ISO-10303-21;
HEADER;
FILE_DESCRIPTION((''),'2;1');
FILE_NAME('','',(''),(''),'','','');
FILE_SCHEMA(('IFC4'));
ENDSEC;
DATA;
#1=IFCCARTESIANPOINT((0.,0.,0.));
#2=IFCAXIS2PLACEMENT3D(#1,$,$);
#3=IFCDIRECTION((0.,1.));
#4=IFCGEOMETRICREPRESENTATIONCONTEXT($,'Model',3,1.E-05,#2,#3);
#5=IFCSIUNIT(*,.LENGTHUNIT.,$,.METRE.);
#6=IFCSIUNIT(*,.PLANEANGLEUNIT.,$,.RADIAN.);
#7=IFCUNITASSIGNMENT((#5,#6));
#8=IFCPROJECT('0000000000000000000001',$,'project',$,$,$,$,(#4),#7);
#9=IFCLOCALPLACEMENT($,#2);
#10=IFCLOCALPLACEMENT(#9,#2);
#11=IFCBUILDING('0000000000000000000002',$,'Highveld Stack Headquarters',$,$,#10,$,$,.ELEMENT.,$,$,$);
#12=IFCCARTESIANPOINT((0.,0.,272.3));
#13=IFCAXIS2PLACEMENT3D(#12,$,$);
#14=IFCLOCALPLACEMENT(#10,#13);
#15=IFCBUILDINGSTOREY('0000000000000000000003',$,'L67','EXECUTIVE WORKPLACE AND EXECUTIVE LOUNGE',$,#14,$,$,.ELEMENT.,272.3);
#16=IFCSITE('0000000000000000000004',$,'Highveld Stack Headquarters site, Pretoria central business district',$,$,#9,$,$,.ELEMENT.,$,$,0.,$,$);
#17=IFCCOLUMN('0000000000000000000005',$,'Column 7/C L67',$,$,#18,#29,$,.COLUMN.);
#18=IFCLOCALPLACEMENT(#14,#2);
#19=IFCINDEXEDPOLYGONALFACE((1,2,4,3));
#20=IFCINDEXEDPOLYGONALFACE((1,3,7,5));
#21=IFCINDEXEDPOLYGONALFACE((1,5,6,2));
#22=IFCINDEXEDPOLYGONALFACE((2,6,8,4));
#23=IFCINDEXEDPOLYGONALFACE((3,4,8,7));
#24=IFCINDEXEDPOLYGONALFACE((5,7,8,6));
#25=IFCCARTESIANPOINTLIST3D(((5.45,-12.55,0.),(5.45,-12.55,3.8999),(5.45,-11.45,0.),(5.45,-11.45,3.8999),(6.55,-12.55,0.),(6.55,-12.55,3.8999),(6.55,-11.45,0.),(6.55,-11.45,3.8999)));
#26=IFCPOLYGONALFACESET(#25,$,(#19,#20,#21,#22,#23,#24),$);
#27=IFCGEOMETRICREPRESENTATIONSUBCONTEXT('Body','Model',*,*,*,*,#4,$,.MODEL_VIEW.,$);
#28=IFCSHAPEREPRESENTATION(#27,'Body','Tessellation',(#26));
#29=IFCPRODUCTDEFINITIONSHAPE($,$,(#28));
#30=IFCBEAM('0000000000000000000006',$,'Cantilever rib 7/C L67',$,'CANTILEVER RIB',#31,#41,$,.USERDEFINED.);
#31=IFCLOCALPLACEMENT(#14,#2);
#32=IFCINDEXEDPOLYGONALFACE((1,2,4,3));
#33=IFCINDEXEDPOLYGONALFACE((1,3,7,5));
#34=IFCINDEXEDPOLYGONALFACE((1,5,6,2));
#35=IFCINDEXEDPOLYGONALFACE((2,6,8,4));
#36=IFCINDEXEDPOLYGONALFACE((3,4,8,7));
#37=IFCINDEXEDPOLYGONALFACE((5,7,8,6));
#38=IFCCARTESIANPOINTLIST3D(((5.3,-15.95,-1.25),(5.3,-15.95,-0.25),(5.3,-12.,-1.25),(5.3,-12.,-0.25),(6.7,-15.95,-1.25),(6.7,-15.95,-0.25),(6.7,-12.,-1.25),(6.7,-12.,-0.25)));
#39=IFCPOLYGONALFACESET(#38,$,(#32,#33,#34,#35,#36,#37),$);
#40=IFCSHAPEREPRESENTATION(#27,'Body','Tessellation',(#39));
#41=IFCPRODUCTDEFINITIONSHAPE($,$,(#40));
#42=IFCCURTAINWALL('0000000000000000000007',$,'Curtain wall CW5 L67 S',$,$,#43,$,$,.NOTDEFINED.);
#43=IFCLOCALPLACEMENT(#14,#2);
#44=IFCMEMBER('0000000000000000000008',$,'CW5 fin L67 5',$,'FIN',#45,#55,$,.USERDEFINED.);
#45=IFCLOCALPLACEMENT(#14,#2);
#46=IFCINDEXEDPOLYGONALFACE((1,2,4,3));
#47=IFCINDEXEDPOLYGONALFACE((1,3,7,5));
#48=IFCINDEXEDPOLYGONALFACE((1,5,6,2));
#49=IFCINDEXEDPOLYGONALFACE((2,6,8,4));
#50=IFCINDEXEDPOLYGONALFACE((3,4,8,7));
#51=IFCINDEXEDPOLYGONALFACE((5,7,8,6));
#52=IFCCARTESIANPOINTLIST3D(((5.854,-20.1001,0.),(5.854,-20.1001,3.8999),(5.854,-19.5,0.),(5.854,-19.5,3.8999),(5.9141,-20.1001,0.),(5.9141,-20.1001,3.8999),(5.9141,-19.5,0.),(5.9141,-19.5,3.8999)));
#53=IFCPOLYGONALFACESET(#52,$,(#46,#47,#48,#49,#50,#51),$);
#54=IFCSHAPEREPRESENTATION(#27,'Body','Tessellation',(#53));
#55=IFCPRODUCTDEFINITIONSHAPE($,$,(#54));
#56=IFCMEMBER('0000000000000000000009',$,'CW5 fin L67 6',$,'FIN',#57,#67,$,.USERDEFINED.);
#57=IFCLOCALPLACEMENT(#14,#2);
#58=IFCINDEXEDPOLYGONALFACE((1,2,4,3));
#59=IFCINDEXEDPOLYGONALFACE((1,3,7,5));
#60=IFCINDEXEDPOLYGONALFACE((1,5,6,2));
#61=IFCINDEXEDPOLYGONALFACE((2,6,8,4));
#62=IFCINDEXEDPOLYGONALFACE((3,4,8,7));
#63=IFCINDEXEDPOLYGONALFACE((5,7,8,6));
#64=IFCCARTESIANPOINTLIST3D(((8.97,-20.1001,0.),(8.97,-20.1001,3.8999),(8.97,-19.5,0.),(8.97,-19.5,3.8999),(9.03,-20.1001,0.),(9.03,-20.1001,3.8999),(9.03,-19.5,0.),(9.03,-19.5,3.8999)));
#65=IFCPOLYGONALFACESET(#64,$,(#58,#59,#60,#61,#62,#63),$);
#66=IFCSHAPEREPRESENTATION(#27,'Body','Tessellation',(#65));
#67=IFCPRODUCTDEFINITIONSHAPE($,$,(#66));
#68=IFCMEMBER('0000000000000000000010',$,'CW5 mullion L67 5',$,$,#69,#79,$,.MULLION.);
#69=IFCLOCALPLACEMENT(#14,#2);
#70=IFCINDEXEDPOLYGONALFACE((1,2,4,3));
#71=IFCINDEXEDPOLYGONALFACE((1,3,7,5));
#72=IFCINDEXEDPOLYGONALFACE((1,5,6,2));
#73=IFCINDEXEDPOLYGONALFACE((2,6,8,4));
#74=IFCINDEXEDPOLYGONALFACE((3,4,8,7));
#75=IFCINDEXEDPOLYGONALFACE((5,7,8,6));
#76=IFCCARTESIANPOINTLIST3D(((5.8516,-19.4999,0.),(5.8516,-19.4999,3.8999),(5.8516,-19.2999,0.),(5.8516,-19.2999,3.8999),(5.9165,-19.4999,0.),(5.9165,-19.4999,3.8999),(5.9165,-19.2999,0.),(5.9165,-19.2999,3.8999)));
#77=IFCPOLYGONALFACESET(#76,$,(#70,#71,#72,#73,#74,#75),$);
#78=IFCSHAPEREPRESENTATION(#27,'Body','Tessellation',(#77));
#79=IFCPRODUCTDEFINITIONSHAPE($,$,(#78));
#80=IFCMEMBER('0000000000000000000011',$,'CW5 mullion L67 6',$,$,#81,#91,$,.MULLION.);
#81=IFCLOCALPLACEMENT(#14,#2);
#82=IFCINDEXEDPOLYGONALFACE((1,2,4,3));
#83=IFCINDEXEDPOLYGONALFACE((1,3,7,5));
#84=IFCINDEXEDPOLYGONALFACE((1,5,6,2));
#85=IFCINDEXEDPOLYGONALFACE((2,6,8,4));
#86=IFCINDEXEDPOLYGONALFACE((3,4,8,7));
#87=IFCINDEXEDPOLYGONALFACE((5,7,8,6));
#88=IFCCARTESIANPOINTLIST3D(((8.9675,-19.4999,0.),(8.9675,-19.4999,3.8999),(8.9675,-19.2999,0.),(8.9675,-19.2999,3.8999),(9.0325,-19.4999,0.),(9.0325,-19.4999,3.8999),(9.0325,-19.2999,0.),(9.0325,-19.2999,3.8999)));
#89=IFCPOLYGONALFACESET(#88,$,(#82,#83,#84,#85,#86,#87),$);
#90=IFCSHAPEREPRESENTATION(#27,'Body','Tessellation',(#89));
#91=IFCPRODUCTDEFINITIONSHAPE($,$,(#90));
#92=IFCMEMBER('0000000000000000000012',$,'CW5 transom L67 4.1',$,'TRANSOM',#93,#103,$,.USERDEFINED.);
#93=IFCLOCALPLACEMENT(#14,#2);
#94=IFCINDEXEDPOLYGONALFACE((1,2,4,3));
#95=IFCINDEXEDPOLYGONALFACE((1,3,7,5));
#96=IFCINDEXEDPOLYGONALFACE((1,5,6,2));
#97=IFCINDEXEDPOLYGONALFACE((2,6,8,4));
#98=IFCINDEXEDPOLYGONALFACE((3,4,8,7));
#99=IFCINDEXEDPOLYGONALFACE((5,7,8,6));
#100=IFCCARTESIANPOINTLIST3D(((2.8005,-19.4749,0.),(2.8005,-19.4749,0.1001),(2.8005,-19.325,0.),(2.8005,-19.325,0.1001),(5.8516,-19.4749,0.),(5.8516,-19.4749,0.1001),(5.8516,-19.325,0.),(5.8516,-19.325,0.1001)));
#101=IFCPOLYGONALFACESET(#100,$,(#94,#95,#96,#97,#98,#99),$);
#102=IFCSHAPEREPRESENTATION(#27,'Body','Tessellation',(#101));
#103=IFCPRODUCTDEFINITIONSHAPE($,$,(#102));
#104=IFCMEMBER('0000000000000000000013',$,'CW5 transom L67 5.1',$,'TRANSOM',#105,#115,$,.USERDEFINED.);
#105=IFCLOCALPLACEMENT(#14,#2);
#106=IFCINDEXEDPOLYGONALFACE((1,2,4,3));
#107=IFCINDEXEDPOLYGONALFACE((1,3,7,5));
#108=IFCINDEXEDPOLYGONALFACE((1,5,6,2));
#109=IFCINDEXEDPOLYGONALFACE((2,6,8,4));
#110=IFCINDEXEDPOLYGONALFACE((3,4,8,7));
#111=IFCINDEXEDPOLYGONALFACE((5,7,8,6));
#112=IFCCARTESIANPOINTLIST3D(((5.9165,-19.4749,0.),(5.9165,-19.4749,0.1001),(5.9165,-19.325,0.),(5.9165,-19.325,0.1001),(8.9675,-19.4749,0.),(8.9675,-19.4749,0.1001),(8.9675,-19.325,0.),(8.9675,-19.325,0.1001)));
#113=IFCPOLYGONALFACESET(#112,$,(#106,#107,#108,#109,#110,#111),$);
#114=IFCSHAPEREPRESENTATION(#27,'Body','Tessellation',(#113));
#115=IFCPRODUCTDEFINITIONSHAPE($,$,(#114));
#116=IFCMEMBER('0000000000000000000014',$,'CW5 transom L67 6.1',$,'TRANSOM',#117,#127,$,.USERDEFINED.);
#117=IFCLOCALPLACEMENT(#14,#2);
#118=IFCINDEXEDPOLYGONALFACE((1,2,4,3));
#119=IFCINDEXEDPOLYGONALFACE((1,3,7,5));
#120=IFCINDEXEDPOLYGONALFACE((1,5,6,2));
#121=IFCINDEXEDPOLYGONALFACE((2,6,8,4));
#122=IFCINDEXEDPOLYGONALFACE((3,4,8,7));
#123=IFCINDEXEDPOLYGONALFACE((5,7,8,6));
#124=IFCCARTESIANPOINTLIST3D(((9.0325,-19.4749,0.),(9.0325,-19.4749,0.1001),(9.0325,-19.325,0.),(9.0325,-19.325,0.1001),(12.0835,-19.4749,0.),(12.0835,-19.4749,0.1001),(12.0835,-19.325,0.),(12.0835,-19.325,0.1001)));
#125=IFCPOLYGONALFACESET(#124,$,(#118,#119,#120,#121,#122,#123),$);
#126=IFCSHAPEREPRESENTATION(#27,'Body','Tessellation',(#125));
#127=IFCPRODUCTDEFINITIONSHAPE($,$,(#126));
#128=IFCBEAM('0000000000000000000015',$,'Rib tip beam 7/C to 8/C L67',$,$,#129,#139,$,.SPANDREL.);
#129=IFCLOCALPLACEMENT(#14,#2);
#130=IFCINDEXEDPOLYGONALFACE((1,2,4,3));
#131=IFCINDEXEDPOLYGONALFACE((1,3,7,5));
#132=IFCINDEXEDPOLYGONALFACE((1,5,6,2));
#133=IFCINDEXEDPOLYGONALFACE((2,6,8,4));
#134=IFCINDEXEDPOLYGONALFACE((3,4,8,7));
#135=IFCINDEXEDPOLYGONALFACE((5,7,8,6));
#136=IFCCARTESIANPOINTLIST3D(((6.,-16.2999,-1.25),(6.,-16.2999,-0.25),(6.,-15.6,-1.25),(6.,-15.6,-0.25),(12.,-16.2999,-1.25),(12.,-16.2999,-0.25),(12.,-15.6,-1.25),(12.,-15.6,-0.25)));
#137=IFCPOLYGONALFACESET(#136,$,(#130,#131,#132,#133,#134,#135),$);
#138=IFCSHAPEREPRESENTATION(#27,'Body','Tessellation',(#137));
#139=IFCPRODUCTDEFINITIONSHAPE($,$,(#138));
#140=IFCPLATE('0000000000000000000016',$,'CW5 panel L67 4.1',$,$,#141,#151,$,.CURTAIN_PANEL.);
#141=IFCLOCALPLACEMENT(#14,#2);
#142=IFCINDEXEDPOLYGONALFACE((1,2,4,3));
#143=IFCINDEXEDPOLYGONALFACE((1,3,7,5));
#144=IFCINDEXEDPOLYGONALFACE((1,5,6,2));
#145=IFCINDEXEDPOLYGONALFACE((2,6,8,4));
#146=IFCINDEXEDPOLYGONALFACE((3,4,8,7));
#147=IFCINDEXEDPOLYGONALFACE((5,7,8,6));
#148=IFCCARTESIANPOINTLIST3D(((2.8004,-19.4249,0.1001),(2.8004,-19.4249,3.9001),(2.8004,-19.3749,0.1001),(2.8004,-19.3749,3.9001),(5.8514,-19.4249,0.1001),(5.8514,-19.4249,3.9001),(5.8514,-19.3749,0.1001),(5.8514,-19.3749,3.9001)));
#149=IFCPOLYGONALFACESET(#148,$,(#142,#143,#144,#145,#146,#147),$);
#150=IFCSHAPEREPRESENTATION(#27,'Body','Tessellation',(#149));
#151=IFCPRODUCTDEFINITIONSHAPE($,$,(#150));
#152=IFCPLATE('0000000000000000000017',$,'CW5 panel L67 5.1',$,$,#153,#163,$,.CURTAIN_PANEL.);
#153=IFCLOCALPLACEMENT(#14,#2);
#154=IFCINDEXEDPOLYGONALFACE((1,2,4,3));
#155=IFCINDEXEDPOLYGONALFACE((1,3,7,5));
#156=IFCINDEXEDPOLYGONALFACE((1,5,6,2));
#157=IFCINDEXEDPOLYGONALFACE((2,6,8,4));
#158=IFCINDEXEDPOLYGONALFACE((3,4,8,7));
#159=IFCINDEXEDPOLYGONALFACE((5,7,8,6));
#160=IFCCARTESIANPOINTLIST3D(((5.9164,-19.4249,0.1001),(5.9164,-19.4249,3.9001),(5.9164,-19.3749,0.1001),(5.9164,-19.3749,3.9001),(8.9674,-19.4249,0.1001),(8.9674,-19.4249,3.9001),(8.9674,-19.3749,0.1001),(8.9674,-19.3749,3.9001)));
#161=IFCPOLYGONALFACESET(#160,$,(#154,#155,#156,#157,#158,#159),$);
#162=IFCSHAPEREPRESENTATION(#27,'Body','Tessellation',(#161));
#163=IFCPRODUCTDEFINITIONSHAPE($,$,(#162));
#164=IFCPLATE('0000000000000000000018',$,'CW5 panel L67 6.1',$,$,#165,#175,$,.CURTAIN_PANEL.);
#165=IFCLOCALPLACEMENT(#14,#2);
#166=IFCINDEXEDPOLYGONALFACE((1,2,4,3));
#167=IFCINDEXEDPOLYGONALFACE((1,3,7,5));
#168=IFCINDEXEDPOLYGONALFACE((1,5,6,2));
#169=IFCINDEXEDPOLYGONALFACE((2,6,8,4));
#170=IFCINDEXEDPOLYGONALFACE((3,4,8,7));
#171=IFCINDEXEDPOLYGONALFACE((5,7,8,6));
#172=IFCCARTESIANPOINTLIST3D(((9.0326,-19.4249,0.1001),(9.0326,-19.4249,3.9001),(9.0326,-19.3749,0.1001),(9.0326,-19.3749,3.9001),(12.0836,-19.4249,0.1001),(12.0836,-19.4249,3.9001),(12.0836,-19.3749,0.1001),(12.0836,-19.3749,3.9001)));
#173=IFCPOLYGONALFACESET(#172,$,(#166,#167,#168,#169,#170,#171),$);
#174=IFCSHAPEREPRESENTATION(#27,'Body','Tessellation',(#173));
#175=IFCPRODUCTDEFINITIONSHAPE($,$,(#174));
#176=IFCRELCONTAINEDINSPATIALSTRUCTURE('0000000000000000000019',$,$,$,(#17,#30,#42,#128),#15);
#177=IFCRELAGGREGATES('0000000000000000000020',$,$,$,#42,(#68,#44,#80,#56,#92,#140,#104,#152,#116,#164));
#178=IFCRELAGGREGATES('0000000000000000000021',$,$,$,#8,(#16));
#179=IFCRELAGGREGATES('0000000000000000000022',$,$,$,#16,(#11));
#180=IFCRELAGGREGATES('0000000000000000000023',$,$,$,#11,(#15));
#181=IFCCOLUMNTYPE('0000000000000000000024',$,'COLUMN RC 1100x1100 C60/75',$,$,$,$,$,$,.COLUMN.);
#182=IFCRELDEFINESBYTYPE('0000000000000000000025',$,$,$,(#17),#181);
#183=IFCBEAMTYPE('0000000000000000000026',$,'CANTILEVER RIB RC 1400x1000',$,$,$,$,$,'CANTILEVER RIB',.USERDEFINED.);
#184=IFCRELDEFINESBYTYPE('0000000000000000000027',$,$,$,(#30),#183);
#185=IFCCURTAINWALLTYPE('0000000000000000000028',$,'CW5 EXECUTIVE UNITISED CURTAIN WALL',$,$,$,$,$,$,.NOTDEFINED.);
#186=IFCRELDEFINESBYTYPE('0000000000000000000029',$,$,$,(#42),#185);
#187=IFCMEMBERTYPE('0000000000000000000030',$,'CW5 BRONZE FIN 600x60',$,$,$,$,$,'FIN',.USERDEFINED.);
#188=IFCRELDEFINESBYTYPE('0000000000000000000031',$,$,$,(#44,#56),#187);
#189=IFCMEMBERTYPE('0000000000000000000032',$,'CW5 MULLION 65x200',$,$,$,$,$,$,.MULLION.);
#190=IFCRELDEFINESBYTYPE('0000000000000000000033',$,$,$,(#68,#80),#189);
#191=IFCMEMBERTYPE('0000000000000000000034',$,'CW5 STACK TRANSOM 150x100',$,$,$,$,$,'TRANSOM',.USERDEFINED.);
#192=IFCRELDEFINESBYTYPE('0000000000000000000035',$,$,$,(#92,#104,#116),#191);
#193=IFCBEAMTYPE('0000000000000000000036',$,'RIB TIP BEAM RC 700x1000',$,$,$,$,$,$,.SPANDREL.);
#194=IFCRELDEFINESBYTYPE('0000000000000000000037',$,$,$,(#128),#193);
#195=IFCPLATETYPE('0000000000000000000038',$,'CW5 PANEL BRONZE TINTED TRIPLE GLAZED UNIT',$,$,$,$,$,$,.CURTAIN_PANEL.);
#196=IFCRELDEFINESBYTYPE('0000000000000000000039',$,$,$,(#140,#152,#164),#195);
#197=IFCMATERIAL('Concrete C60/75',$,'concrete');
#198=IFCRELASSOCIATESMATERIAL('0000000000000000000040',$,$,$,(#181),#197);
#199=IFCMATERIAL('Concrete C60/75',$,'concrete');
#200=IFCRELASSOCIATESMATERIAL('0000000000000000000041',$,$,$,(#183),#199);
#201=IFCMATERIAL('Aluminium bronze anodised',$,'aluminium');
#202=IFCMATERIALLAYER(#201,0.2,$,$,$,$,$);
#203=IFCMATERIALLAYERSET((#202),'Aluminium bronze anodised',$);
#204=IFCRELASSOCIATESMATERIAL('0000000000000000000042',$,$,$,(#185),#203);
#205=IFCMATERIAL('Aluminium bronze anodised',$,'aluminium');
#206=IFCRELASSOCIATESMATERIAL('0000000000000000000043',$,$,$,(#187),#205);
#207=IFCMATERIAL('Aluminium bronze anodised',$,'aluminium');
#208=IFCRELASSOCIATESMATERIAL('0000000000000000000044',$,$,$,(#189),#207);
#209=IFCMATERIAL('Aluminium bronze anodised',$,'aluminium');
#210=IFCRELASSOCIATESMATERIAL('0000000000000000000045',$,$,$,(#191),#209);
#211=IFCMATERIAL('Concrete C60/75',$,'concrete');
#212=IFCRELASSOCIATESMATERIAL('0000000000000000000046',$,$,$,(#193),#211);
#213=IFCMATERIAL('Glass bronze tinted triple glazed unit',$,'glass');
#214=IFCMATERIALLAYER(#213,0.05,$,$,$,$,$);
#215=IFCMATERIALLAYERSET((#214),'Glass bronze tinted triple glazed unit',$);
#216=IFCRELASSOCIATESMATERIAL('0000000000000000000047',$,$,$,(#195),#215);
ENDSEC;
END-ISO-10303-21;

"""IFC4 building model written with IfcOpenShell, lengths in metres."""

from ifc_helpers import new_model, si_unit, direction, frame, origin, origin_2d, place, context, subcontext, project, spatial, rectangle, extrude, material, layer, layer_set, material_profile, profile_set, type_object, element, aggregate, save


model = new_model("IFC4")

# Units and contexts
model_context = context("Model", 3, precision=1e-05, world=origin(), true_north=direction((0.0, 1.0)))
body_context = subcontext(model_context, "Body", "Model", "MODEL_VIEW")
ifc_project = project(units=[si_unit("LENGTHUNIT", "METRE"), si_unit("PLANEANGLEUNIT", "RADIAN")], contexts=[model_context])

# Site, building, storey
site_placement = place(None, origin())
site = spatial("IfcSite", under=ifc_project, at=site_placement, Name="Highveld Stack Headquarters site, Pretoria central business district", CompositionType="ELEMENT", RefElevation=0.0)
building_placement = place(site_placement, origin())
building = spatial("IfcBuilding", under=site, at=building_placement, Name="Highveld Stack Headquarters", CompositionType="ELEMENT")
storey_placement = place(building_placement, frame((0.0, 0.0, 272.3)))
storey = spatial("IfcBuildingStorey", under=building, at=storey_placement, Name="L67", Description="EXECUTIVE WORKPLACE AND EXECUTIVE LOUNGE", CompositionType="ELEMENT", Elevation=272.3)

# Column
ifc_material_1 = material(Name="Concrete C60/75", Category="concrete")
ifc_material_profile_1 = material_profile(ifc_material_1, rectangle(XDim=1.1001, YDim=1.1001, at=origin_2d()), Name="RC 1100x1100")
ifc_profile_set_1 = profile_set([ifc_material_profile_1], Name="Concrete C60/75")
column_type = type_object("IfcColumnType", Name="COLUMN RC 1100x1100 C60/75", PredefinedType="COLUMN", material=ifc_profile_set_1)
column_placement = place(storey_placement, frame((6.0, -12.0, 0.0), z_axis=(0.0, 0.0, 1.0), x_axis=(1.0, 0.0, 0.0)))
element("IfcColumn", 1, at=column_placement, inside=storey, type_object=column_type, Name="Column 7/C L67", PredefinedType="COLUMN", context=body_context, shape_type="SweptSolid", body=[
    extrude(rectangle(XDim=1.1001, YDim=1.1001, at=origin_2d()), origin(), (0.0, 0.0, 1.0), 3.8999),
])

# Beam
ifc_material_2 = material(Name="Concrete C60/75", Category="concrete")
ifc_material_profile_2 = material_profile(ifc_material_2, rectangle(XDim=1.3999, YDim=1.0, at=origin_2d()), Name="RC 1400x1000")
ifc_profile_set_2 = profile_set([ifc_material_profile_2], Name="Concrete C60/75")
beam_type_1 = type_object("IfcBeamType", Name="CANTILEVER RIB RC 1400x1000", ElementType="CANTILEVER RIB", PredefinedType="USERDEFINED", material=ifc_profile_set_2)
beam_1_placement = place(storey_placement, frame((6.0, -12.0, -0.75), z_axis=(0.0, -1.0, 0.0), x_axis=(1.0, 0.0, 0.0)))
element("IfcBeam", 2, at=beam_1_placement, inside=storey, type_object=beam_type_1, Name="Cantilever rib 7/C L67", ObjectType="CANTILEVER RIB", PredefinedType="USERDEFINED", context=body_context, shape_type="SweptSolid", body=[
    extrude(rectangle(XDim=1.3999, YDim=1.0, at=origin_2d()), origin(), (0.0, 0.0, 1.0), 3.95),
])

# Curtain wall, members
ifc_material_3 = material(Name="Aluminium bronze anodised", Category="aluminium")
ifc_layer_1 = layer(ifc_material_3, 0.2)
ifc_layer_set_1 = layer_set([ifc_layer_1], Name="Aluminium bronze anodised")
curtain_wall_type = type_object("IfcCurtainWallType", Name="CW5 EXECUTIVE UNITISED CURTAIN WALL", PredefinedType="NOTDEFINED", material=ifc_layer_set_1)
curtain_wall_placement = place(storey_placement, origin())
curtain_wall = element("IfcCurtainWall", 3, at=curtain_wall_placement, inside=storey, type_object=curtain_wall_type, Name="Curtain wall CW5 L67 S", PredefinedType="NOTDEFINED")
ifc_material_4 = material(Name="Aluminium bronze anodised", Category="aluminium")
ifc_material_profile_3 = material_profile(ifc_material_4, rectangle(XDim=0.6001, YDim=0.0601, at=origin_2d()), Name="FIN 600x60")
ifc_profile_set_3 = profile_set([ifc_material_profile_3], Name="Aluminium bronze anodised")
member_type_1 = type_object("IfcMemberType", Name="CW5 BRONZE FIN 600x60", ElementType="FIN", PredefinedType="USERDEFINED", material=ifc_profile_set_3)
member_1_placement = place(storey_placement, frame((5.884, -19.8, 0.0), z_axis=(0.0, 0.0, 1.0), x_axis=(0.0, 1.0, 0.0)))
member_1 = element("IfcMember", 4, at=member_1_placement, type_object=member_type_1, Name="CW5 fin L67 5", ObjectType="FIN", PredefinedType="USERDEFINED", context=body_context, shape_type="SweptSolid", body=[
    extrude(rectangle(XDim=0.6001, YDim=0.0601, at=origin_2d()), origin(), (0.0, 0.0, 1.0), 3.8999),
])
member_2_placement = place(storey_placement, frame((9.0, -19.8, 0.0), z_axis=(0.0, 0.0, 1.0), x_axis=(0.0, 1.0, 0.0)))
member_2 = element("IfcMember", 5, at=member_2_placement, type_object=member_type_1, Name="CW5 fin L67 6", ObjectType="FIN", PredefinedType="USERDEFINED", context=body_context, shape_type="SweptSolid", body=[
    extrude(rectangle(XDim=0.6001, YDim=0.0601, at=origin_2d()), origin(), (0.0, 0.0, 1.0), 3.8999),
])
ifc_material_5 = material(Name="Aluminium bronze anodised", Category="aluminium")
ifc_material_profile_4 = material_profile(ifc_material_5, rectangle(XDim=0.2, YDim=0.0649, at=origin_2d()), Name="CW5 MULLION 65x200")
ifc_profile_set_4 = profile_set([ifc_material_profile_4], Name="Aluminium bronze anodised")
member_type_2 = type_object("IfcMemberType", Name="CW5 MULLION 65x200", PredefinedType="MULLION", material=ifc_profile_set_4)
member_3_placement = place(storey_placement, frame((5.884, -19.3999, 0.0), z_axis=(0.0, 0.0, 1.0), x_axis=(0.0, 1.0, 0.0)))
member_3 = element("IfcMember", 6, at=member_3_placement, type_object=member_type_2, Name="CW5 mullion L67 5", PredefinedType="MULLION", context=body_context, shape_type="SweptSolid", body=[
    extrude(rectangle(XDim=0.2, YDim=0.0649, at=origin_2d()), origin(), (0.0, 0.0, 1.0), 3.8999),
])
member_4_placement = place(storey_placement, frame((9.0, -19.3999, 0.0), z_axis=(0.0, 0.0, 1.0), x_axis=(0.0, 1.0, 0.0)))
member_4 = element("IfcMember", 7, at=member_4_placement, type_object=member_type_2, Name="CW5 mullion L67 6", PredefinedType="MULLION", context=body_context, shape_type="SweptSolid", body=[
    extrude(rectangle(XDim=0.2, YDim=0.0649, at=origin_2d()), origin(), (0.0, 0.0, 1.0), 3.8999),
])
ifc_material_6 = material(Name="Aluminium bronze anodised", Category="aluminium")
ifc_material_profile_5 = material_profile(ifc_material_6, rectangle(XDim=0.1499, YDim=0.1001, at=origin_2d()), Name="CW5 TRANSOM 150x100")
ifc_profile_set_5 = profile_set([ifc_material_profile_5], Name="Aluminium bronze anodised")
member_type_3 = type_object("IfcMemberType", Name="CW5 STACK TRANSOM 150x100", ElementType="TRANSOM", PredefinedType="USERDEFINED", material=ifc_profile_set_5)
member_5_placement = place(storey_placement, frame((2.8005, -19.3999, 0.05), z_axis=(1.0, 0.0, 0.0), x_axis=(0.0, 1.0, 0.0)))
member_5 = element("IfcMember", 8, at=member_5_placement, type_object=member_type_3, Name="CW5 transom L67 4.1", ObjectType="TRANSOM", PredefinedType="USERDEFINED", context=body_context, shape_type="SweptSolid", body=[
    extrude(rectangle(XDim=0.1499, YDim=0.1001, at=origin_2d()), origin(), (0.0, 0.0, 1.0), 3.051),
])
member_6_placement = place(storey_placement, frame((5.9165, -19.3999, 0.05), z_axis=(1.0, 0.0, 0.0), x_axis=(0.0, 1.0, 0.0)))
member_6 = element("IfcMember", 9, at=member_6_placement, type_object=member_type_3, Name="CW5 transom L67 5.1", ObjectType="TRANSOM", PredefinedType="USERDEFINED", context=body_context, shape_type="SweptSolid", body=[
    extrude(rectangle(XDim=0.1499, YDim=0.1001, at=origin_2d()), origin(), (0.0, 0.0, 1.0), 3.051),
])
member_7_placement = place(storey_placement, frame((9.0325, -19.3999, 0.05), z_axis=(1.0, 0.0, 0.0), x_axis=(0.0, 1.0, 0.0)))
member_7 = element("IfcMember", 10, at=member_7_placement, type_object=member_type_3, Name="CW5 transom L67 6.1", ObjectType="TRANSOM", PredefinedType="USERDEFINED", context=body_context, shape_type="SweptSolid", body=[
    extrude(rectangle(XDim=0.1499, YDim=0.1001, at=origin_2d()), origin(), (0.0, 0.0, 1.0), 3.051),
])

# Beam
ifc_material_7 = material(Name="Concrete C60/75", Category="concrete")
ifc_material_profile_6 = material_profile(ifc_material_7, rectangle(XDim=0.7, YDim=1.0, at=origin_2d()), Name="RC 700x1000")
ifc_profile_set_6 = profile_set([ifc_material_profile_6], Name="Concrete C60/75")
beam_type_2 = type_object("IfcBeamType", Name="RIB TIP BEAM RC 700x1000", PredefinedType="SPANDREL", material=ifc_profile_set_6)
beam_2_placement = place(storey_placement, frame((6.0, -15.95, -0.75), z_axis=(1.0, 0.0, 0.0), x_axis=(0.0, 1.0, 0.0)))
element("IfcBeam", 11, at=beam_2_placement, inside=storey, type_object=beam_type_2, Name="Rib tip beam 7/C to 8/C L67", PredefinedType="SPANDREL", context=body_context, shape_type="SweptSolid", body=[
    extrude(rectangle(XDim=0.7, YDim=1.0, at=origin_2d()), origin(), (0.0, 0.0, 1.0), 6.0),
])

# Plates
ifc_material_8 = material(Name="Glass bronze tinted triple glazed unit", Category="glass")
ifc_layer_2 = layer(ifc_material_8, 0.05)
ifc_layer_set_2 = layer_set([ifc_layer_2], Name="Glass bronze tinted triple glazed unit")
plate_type = type_object("IfcPlateType", Name="CW5 PANEL BRONZE TINTED TRIPLE GLAZED UNIT", PredefinedType="CURTAIN_PANEL", material=ifc_layer_set_2)
plate_1_placement = place(storey_placement, frame((4.3259, -19.3999, 0.1001), z_axis=(0.0, 0.0, 1.0), x_axis=(1.0, 0.0, 0.0)))
plate_1 = element("IfcPlate", 12, at=plate_1_placement, type_object=plate_type, Name="CW5 panel L67 4.1", PredefinedType="CURTAIN_PANEL", context=body_context, shape_type="SweptSolid", body=[
    extrude(rectangle(XDim=3.051, YDim=0.05, at=origin_2d()), origin(), (0.0, 0.0, 1.0), 3.8),
])
plate_2_placement = place(storey_placement, frame((7.4419, -19.3999, 0.1001), z_axis=(0.0, 0.0, 1.0), x_axis=(1.0, 0.0, 0.0)))
plate_2 = element("IfcPlate", 13, at=plate_2_placement, type_object=plate_type, Name="CW5 panel L67 5.1", PredefinedType="CURTAIN_PANEL", context=body_context, shape_type="SweptSolid", body=[
    extrude(rectangle(XDim=3.051, YDim=0.05, at=origin_2d()), origin(), (0.0, 0.0, 1.0), 3.8),
])
plate_3_placement = place(storey_placement, frame((10.5581, -19.3999, 0.1001), z_axis=(0.0, 0.0, 1.0), x_axis=(1.0, 0.0, 0.0)))
plate_3 = element("IfcPlate", 14, at=plate_3_placement, type_object=plate_type, Name="CW5 panel L67 6.1", PredefinedType="CURTAIN_PANEL", context=body_context, shape_type="SweptSolid", body=[
    extrude(rectangle(XDim=3.051, YDim=0.05, at=origin_2d()), origin(), (0.0, 0.0, 1.0), 3.8),
])
aggregate(curtain_wall, [member_3, member_1, member_4, member_2, member_5, plate_1, member_6, plate_2, member_7, plate_3])

save(model, "model.ifc")
